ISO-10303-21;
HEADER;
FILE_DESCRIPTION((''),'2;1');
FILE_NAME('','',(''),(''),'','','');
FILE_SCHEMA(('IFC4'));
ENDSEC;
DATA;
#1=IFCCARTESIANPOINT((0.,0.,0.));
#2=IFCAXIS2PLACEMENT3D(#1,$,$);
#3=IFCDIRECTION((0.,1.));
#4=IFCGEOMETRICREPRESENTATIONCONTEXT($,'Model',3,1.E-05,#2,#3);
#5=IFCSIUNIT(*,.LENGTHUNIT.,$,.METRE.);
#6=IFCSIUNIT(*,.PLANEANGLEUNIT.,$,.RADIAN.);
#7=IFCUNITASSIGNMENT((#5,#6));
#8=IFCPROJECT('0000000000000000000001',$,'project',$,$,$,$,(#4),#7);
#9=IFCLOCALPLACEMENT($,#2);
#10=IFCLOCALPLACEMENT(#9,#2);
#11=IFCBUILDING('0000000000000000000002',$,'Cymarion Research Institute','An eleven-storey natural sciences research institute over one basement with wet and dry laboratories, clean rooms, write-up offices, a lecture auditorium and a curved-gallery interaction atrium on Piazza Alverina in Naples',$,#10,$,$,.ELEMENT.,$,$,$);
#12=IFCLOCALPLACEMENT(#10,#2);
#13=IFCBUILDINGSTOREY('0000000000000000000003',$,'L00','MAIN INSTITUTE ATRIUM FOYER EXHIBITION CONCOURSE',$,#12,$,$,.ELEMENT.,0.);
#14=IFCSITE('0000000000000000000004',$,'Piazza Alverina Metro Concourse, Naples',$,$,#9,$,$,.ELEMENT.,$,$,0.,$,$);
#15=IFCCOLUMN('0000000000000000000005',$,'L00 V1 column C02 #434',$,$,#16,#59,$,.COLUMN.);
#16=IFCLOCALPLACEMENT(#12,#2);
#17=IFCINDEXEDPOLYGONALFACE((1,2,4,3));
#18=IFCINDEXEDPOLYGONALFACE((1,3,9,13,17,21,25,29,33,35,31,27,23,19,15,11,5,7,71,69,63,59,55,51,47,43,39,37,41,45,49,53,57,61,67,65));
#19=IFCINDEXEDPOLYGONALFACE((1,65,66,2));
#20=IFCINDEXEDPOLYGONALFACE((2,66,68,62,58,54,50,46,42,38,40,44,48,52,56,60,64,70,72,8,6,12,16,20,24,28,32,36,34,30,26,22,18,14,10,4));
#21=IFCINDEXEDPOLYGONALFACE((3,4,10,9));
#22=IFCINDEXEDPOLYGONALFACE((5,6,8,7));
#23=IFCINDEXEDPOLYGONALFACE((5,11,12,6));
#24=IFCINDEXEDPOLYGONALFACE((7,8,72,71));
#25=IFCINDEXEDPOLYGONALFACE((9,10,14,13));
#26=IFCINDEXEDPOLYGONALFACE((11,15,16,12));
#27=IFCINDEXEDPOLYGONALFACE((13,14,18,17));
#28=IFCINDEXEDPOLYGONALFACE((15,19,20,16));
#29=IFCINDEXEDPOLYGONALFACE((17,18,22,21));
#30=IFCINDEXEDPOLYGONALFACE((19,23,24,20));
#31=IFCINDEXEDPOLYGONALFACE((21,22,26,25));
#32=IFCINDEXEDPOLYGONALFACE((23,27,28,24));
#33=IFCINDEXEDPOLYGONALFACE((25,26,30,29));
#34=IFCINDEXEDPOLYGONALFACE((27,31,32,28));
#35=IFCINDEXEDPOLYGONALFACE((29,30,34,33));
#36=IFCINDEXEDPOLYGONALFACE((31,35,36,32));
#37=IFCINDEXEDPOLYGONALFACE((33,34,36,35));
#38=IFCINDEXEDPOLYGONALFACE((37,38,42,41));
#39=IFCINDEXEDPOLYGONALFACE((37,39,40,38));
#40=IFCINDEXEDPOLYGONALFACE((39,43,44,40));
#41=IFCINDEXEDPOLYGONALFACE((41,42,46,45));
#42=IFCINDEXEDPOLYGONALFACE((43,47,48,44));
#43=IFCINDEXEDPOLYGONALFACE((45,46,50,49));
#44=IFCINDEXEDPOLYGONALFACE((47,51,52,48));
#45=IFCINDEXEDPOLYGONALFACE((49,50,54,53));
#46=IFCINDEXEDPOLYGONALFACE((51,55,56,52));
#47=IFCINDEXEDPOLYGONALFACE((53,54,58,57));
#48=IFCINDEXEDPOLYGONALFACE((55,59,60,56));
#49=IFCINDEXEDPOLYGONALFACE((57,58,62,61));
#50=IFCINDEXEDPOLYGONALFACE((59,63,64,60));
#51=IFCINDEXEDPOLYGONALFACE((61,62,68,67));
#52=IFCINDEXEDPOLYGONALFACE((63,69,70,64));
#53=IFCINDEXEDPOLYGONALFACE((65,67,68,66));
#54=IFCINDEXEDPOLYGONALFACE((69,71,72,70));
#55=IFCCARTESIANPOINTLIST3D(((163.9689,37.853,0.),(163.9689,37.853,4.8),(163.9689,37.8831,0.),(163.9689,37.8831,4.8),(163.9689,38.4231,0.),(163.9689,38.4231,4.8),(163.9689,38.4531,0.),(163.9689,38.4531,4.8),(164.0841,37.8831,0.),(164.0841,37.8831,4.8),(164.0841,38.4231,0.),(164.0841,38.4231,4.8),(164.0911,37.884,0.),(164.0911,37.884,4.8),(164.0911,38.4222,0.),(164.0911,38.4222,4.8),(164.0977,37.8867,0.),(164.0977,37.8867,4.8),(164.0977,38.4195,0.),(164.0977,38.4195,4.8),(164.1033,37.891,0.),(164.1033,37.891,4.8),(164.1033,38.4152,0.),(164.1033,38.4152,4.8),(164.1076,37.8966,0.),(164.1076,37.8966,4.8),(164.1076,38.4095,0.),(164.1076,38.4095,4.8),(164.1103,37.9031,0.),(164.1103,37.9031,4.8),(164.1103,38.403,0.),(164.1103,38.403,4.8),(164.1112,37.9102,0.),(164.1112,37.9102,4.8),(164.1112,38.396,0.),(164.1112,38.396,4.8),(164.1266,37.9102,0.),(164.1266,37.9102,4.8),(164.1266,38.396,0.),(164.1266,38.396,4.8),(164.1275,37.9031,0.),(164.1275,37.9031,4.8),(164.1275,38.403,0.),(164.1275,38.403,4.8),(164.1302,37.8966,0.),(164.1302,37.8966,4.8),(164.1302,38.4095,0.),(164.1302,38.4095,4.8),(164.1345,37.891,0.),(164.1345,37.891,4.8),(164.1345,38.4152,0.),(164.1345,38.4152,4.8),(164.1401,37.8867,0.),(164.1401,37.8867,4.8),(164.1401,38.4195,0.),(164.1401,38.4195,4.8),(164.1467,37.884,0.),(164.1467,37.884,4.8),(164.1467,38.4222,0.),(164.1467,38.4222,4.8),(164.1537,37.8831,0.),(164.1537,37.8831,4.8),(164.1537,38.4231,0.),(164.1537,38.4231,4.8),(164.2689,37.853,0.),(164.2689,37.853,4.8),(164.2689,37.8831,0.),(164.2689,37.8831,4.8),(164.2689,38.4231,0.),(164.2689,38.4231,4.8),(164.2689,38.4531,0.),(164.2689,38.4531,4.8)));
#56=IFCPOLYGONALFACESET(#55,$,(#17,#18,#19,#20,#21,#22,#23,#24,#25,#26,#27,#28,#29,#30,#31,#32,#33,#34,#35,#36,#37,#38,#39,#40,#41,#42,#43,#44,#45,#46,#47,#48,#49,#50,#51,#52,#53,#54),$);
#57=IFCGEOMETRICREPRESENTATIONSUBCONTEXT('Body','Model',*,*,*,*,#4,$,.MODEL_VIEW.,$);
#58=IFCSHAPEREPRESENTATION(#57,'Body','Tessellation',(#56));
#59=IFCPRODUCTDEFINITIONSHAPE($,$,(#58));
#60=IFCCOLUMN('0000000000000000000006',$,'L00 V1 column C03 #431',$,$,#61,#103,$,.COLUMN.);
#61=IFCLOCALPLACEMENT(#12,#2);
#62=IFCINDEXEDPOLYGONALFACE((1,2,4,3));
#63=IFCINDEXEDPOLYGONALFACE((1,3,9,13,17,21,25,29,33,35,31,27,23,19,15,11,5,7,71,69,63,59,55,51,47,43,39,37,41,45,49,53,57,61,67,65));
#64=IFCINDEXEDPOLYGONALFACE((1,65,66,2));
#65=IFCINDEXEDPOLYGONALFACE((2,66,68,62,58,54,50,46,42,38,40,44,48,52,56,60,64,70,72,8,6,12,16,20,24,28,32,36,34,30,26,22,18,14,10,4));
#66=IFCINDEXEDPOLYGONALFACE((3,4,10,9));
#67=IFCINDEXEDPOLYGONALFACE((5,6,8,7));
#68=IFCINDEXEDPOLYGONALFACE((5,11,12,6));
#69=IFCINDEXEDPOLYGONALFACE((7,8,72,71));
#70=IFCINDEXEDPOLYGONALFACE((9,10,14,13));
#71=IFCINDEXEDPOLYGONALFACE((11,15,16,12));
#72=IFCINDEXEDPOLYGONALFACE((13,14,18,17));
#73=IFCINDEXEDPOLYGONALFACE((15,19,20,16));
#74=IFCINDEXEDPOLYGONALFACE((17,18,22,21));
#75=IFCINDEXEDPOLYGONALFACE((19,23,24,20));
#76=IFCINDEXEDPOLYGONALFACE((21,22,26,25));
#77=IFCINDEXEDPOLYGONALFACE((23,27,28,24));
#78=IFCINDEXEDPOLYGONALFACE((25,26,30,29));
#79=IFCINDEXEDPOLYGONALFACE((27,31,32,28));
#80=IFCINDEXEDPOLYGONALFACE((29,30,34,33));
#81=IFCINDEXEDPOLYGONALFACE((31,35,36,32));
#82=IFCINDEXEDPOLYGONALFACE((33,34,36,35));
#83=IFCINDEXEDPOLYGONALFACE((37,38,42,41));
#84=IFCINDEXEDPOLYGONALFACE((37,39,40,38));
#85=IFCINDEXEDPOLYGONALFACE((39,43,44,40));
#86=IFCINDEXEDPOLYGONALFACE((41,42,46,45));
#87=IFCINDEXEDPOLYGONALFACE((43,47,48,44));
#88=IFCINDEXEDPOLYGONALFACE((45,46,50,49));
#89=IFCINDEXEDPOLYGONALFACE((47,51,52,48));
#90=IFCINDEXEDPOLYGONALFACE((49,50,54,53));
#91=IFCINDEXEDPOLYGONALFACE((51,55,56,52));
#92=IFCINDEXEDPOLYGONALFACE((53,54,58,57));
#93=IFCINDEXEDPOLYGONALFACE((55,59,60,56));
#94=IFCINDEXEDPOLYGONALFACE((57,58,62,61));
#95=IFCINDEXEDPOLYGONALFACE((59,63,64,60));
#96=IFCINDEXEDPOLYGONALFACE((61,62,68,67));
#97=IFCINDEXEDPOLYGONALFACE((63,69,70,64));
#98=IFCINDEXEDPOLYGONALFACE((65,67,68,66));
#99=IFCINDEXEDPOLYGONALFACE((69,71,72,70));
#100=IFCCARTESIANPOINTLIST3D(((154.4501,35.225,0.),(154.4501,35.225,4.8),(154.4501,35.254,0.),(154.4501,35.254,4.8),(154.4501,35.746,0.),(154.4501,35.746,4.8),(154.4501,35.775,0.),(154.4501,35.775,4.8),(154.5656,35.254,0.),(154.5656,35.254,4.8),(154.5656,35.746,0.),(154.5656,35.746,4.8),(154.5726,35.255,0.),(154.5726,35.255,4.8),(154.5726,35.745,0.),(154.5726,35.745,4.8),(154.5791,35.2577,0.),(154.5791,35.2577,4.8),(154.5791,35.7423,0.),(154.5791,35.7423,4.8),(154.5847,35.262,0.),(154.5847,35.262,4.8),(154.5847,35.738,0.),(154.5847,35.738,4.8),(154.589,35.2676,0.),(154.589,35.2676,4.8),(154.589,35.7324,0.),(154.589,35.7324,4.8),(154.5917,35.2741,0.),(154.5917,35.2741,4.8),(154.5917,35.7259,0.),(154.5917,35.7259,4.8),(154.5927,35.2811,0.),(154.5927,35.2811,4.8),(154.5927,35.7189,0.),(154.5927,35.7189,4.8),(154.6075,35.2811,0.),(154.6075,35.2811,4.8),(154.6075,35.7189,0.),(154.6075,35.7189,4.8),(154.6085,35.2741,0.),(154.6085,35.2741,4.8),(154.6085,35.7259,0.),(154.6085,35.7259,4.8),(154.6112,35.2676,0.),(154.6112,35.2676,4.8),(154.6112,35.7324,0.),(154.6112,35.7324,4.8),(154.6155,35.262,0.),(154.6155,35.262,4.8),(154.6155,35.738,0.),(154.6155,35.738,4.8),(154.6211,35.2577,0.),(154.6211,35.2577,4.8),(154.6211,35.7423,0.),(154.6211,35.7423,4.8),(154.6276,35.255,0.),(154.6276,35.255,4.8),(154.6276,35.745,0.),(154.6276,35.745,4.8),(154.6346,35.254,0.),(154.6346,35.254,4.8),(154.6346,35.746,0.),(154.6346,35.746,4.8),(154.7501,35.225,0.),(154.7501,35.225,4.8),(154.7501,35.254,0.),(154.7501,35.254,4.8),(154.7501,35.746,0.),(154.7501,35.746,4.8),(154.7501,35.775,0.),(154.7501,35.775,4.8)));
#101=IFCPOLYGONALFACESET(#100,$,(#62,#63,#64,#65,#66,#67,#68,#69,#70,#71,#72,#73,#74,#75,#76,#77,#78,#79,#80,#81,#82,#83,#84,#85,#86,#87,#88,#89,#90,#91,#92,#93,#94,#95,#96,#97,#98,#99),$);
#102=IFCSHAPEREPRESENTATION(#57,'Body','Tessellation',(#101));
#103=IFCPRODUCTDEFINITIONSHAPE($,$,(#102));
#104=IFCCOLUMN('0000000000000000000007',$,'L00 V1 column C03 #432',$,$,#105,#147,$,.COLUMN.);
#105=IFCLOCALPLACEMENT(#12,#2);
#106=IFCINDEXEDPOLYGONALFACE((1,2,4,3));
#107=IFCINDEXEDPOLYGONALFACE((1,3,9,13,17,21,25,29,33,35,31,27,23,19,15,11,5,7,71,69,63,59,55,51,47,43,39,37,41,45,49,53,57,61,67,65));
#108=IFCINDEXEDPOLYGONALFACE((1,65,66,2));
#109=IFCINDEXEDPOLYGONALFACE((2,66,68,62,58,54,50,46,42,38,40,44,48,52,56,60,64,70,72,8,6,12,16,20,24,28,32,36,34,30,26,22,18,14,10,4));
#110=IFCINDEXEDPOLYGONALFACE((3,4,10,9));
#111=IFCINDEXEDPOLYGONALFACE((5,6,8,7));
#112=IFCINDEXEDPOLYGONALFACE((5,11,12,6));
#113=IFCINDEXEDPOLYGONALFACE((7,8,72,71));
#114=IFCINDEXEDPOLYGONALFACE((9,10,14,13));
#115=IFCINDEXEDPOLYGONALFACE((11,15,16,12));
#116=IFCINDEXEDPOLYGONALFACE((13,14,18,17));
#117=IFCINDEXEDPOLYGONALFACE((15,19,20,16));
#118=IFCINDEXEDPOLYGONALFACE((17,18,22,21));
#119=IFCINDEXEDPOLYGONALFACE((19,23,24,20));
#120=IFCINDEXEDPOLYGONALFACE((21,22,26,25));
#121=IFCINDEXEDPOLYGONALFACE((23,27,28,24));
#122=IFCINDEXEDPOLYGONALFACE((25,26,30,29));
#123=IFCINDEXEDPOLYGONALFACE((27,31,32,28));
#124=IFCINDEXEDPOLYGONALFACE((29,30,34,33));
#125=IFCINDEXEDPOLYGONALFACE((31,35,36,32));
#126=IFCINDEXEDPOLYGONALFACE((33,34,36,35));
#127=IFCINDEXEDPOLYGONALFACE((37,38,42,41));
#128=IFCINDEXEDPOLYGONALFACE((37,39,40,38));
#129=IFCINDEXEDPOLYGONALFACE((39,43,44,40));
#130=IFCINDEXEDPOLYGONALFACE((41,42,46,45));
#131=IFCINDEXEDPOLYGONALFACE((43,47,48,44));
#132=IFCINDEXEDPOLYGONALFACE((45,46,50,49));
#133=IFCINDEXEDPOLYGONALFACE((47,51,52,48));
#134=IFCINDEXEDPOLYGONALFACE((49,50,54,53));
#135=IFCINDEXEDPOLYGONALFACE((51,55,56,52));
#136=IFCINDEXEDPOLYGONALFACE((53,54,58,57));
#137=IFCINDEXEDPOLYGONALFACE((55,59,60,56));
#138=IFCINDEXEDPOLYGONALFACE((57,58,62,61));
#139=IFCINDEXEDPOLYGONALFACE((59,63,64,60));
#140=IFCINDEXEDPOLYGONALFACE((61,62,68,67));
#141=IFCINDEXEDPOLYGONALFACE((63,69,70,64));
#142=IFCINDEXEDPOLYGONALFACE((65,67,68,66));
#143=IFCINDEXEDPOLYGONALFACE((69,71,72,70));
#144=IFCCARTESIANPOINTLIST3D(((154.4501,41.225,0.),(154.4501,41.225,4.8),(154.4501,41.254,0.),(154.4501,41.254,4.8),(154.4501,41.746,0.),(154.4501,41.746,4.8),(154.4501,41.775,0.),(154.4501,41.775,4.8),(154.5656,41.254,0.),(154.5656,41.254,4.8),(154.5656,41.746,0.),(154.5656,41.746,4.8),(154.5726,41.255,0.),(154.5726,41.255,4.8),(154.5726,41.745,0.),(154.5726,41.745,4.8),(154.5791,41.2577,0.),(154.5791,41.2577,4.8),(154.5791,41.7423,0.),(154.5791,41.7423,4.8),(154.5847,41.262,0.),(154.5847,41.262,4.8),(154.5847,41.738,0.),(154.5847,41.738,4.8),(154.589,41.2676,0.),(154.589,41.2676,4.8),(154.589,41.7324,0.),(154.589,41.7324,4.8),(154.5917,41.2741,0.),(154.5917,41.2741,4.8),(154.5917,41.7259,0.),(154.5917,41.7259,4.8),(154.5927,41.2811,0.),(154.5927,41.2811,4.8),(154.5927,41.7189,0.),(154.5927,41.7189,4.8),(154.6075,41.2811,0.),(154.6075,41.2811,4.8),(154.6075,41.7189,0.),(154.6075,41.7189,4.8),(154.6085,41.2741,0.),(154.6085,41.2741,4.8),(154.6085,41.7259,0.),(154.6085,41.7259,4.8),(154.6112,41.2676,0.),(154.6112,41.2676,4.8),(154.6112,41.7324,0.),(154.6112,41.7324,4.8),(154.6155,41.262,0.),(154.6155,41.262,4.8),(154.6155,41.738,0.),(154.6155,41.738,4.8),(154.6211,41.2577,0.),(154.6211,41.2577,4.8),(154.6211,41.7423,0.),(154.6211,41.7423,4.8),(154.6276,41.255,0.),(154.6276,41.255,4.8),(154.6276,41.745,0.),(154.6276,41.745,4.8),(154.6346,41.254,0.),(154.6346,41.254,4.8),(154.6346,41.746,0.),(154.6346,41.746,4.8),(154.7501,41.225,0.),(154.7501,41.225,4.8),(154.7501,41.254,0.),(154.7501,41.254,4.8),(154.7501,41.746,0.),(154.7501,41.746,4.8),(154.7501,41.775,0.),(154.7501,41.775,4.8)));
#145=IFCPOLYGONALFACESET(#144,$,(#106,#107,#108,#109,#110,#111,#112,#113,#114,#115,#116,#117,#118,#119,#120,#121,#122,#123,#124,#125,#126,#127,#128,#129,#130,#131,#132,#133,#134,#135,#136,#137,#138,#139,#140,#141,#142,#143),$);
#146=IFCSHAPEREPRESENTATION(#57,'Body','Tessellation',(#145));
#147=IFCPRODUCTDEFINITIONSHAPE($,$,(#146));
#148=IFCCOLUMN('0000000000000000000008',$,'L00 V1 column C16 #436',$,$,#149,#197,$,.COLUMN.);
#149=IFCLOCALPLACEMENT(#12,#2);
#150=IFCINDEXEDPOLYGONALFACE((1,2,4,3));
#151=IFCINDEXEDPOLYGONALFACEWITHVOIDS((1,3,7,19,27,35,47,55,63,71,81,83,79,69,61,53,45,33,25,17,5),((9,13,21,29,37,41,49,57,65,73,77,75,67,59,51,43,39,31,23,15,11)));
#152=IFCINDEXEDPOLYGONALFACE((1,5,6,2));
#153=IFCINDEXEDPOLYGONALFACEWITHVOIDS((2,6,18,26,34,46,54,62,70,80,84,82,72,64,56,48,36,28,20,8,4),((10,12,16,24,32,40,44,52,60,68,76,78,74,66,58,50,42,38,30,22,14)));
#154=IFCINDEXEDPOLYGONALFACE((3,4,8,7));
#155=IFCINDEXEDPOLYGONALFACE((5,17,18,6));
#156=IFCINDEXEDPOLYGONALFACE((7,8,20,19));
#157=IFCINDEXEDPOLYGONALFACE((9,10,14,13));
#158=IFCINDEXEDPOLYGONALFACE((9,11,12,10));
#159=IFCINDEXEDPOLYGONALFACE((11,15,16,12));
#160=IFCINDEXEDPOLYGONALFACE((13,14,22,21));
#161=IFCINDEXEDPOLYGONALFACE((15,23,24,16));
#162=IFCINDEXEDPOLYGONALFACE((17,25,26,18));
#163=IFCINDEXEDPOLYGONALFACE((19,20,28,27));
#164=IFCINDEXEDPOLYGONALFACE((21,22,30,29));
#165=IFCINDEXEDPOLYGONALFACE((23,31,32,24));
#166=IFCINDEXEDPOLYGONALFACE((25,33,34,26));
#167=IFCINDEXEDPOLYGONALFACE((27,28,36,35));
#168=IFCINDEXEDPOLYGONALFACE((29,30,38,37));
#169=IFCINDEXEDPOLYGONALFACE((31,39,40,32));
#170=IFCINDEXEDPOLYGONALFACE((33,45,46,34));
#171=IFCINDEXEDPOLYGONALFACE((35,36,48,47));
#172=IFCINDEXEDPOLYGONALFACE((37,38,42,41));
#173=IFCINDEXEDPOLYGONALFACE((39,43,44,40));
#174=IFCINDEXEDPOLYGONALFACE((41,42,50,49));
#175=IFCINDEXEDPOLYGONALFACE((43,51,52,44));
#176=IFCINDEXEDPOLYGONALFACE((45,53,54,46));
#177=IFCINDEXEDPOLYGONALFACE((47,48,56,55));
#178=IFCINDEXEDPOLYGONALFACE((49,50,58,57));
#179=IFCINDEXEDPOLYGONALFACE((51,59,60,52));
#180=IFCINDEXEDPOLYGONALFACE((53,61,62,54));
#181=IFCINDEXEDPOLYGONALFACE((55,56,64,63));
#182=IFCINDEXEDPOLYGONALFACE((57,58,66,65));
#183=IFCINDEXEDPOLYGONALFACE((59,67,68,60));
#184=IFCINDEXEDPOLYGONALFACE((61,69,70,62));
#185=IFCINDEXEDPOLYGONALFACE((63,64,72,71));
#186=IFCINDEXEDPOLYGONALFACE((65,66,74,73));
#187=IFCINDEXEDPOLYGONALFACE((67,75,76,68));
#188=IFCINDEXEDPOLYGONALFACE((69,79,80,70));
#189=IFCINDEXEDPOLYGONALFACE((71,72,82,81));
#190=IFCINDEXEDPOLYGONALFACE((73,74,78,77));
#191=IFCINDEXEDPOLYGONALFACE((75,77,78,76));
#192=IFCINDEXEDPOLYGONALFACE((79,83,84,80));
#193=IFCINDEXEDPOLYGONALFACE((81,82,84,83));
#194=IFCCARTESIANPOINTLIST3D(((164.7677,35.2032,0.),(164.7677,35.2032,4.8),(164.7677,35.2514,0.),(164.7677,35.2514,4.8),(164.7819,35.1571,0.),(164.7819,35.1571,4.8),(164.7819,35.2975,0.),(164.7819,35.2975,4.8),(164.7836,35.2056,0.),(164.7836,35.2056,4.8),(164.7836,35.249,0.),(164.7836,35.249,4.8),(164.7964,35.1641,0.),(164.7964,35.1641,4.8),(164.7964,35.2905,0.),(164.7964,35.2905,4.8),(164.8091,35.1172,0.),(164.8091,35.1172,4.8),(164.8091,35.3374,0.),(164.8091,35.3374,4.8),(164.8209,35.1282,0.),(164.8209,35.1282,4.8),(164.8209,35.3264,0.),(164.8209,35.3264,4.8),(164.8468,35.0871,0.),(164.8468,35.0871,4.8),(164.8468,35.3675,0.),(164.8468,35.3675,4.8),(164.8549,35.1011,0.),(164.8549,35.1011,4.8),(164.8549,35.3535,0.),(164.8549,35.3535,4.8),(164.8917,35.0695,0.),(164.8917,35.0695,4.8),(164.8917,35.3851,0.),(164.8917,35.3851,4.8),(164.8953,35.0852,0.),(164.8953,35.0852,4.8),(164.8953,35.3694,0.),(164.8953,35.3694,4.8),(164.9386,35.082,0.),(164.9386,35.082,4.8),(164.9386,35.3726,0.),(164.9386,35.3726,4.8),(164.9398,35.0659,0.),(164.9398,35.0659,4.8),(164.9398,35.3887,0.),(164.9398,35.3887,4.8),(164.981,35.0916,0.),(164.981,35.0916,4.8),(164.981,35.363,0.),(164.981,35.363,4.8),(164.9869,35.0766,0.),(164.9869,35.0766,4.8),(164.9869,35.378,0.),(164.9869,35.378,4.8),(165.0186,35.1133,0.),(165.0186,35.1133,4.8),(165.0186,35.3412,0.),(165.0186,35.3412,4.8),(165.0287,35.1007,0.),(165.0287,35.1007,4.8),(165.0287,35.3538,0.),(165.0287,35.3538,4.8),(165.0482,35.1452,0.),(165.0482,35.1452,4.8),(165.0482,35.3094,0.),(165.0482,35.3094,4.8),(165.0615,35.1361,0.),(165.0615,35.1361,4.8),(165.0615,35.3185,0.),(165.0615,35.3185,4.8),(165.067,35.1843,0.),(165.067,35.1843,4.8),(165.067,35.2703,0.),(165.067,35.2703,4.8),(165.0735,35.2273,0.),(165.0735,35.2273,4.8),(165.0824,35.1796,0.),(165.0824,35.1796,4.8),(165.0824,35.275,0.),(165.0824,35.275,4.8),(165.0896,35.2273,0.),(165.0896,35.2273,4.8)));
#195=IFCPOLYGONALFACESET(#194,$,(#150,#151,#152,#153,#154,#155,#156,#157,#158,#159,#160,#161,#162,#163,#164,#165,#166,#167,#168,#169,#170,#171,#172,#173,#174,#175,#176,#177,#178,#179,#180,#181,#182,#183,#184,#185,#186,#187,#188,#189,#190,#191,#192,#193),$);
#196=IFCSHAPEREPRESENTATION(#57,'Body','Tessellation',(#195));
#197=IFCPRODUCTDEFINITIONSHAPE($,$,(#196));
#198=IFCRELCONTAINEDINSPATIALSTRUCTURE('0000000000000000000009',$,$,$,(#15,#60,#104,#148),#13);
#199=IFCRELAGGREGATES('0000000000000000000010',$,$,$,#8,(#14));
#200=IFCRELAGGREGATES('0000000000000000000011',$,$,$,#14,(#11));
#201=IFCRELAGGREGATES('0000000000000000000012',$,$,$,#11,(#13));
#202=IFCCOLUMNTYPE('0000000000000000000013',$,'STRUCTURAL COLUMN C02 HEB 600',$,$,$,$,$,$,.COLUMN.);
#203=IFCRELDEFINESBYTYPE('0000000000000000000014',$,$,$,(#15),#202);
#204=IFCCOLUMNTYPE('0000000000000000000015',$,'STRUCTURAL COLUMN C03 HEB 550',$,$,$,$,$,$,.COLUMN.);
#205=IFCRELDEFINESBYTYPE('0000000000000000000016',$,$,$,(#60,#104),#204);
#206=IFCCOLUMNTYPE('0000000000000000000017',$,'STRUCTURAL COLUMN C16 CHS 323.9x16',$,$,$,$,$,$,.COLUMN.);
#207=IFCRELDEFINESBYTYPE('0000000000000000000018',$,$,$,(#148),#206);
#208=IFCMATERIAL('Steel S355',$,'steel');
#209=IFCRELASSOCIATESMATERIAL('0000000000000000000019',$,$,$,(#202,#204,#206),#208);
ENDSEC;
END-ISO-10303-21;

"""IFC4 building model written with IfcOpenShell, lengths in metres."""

from ifc_helpers import new_model, si_unit, direction, frame, origin, origin_2d, place, context, subcontext, project, spatial, hollow_circle, i_section, extrude, material, material_profile, profile_set, type_object, element, save


model = new_model("IFC4")

# Units and contexts
model_context = context("Model", 3, precision=1e-05, world=origin(), true_north=direction((0.0, 1.0)))
body_context = subcontext(model_context, "Body", "Model", "MODEL_VIEW")
ifc_project = project(units=[si_unit("LENGTHUNIT", "METRE"), si_unit("PLANEANGLEUNIT", "RADIAN")], contexts=[model_context])

# Site, building, storey
site_placement = place(None, origin())
site = spatial("IfcSite", under=ifc_project, at=site_placement, Name="Piazza Alverina Metro Concourse, Naples", CompositionType="ELEMENT", RefElevation=0.0)
building_placement = place(site_placement, origin())
building = spatial("IfcBuilding", under=site, at=building_placement, Name="Cymarion Research Institute", Description="An eleven-storey natural sciences research institute over one basement with wet and dry laboratories, clean rooms, write-up offices, a lecture auditorium and a curved-gallery interaction atrium on Piazza Alverina in Naples", CompositionType="ELEMENT")
storey_placement = place(building_placement, origin())
storey = spatial("IfcBuildingStorey", under=building, at=storey_placement, Name="L00", Description="MAIN INSTITUTE ATRIUM FOYER EXHIBITION CONCOURSE", CompositionType="ELEMENT", Elevation=0.0)

# Columns
ifc_material_1 = material(Name="Steel S355", Category="steel")
ifc_material_profile_1 = material_profile(ifc_material_1, i_section(OverallWidth=0.3, OverallDepth=0.6001, WebThickness=0.0154, FlangeThickness=0.03, FilletRadius=0.0271, at=origin_2d()), Name="HEB 600")
ifc_profile_set_1 = profile_set([ifc_material_profile_1], Name="Steel S355")
column_type_1 = type_object("IfcColumnType", Name="STRUCTURAL COLUMN C02 HEB 600", PredefinedType="COLUMN", material=ifc_profile_set_1)
column_1_placement = place(storey_placement, frame((164.1189, 38.1531, 0.0), z_axis=(0.0, 0.0, 1.0), x_axis=(1.0, 0.0, 0.0)))
element("IfcColumn", 1, at=column_1_placement, inside=storey, type_object=column_type_1, Name="L00 V1 column C02 #434", PredefinedType="COLUMN", context=body_context, shape_type="SweptSolid", body=[
    extrude(i_section(OverallWidth=0.3, OverallDepth=0.6001, WebThickness=0.0154, FlangeThickness=0.03, FilletRadius=0.0271, at=origin_2d()), origin(), (0.0, 0.0, 1.0), 4.8),
])
ifc_material_profile_2 = material_profile(ifc_material_1, i_section(OverallWidth=0.3, OverallDepth=0.55, WebThickness=0.0149, FlangeThickness=0.0291, FilletRadius=0.0271, at=origin_2d()), Name="HEB 550")
ifc_profile_set_2 = profile_set([ifc_material_profile_2], Name="Steel S355")
column_type_2 = type_object("IfcColumnType", Name="STRUCTURAL COLUMN C03 HEB 550", PredefinedType="COLUMN", material=ifc_profile_set_2)
for number, where, z_axis, x_axis, name in (
    (2, (154.6001, 35.5, 0.0), (0.0, 0.0, 1.0), (1.0, 0.0, 0.0), "L00 V1 column C03 #431"),
    (3, (154.6001, 41.5, 0.0), (0.0, 0.0, 1.0), (1.0, 0.0, 0.0), "L00 V1 column C03 #432"),
):
    element("IfcColumn", number, at=place(storey_placement, frame(where, z_axis=z_axis, x_axis=x_axis)), inside=storey, type_object=column_type_2, Name=name, PredefinedType="COLUMN", context=body_context, shape_type="SweptSolid", body=[
        extrude(i_section(OverallWidth=0.3, OverallDepth=0.55, WebThickness=0.0149, FlangeThickness=0.0291, FilletRadius=0.0271, at=origin_2d()), origin(), (0.0, 0.0, 1.0), 4.8),
    ])
ifc_material_profile_3 = material_profile(ifc_material_1, hollow_circle(Radius=0.1619, WallThickness=0.0161, at=origin_2d()), Name="CHS 323.9x16")
ifc_profile_set_3 = profile_set([ifc_material_profile_3], Name="Steel S355")
column_type_3 = type_object("IfcColumnType", Name="STRUCTURAL COLUMN C16 CHS 323.9x16", PredefinedType="COLUMN", material=ifc_profile_set_3)
column_2_placement = place(storey_placement, frame((164.9277, 35.2273, 0.0), z_axis=(0.0, 0.0, 1.0), x_axis=(1.0, 0.0, 0.0)))
element("IfcColumn", 4, at=column_2_placement, inside=storey, type_object=column_type_3, Name="L00 V1 column C16 #436", PredefinedType="COLUMN", context=body_context, shape_type="SweptSolid", body=[
    extrude(hollow_circle(Radius=0.1619, WallThickness=0.0161, at=origin_2d()), origin(), (0.0, 0.0, 1.0), 4.8),
])

save(model, "model.ifc")
